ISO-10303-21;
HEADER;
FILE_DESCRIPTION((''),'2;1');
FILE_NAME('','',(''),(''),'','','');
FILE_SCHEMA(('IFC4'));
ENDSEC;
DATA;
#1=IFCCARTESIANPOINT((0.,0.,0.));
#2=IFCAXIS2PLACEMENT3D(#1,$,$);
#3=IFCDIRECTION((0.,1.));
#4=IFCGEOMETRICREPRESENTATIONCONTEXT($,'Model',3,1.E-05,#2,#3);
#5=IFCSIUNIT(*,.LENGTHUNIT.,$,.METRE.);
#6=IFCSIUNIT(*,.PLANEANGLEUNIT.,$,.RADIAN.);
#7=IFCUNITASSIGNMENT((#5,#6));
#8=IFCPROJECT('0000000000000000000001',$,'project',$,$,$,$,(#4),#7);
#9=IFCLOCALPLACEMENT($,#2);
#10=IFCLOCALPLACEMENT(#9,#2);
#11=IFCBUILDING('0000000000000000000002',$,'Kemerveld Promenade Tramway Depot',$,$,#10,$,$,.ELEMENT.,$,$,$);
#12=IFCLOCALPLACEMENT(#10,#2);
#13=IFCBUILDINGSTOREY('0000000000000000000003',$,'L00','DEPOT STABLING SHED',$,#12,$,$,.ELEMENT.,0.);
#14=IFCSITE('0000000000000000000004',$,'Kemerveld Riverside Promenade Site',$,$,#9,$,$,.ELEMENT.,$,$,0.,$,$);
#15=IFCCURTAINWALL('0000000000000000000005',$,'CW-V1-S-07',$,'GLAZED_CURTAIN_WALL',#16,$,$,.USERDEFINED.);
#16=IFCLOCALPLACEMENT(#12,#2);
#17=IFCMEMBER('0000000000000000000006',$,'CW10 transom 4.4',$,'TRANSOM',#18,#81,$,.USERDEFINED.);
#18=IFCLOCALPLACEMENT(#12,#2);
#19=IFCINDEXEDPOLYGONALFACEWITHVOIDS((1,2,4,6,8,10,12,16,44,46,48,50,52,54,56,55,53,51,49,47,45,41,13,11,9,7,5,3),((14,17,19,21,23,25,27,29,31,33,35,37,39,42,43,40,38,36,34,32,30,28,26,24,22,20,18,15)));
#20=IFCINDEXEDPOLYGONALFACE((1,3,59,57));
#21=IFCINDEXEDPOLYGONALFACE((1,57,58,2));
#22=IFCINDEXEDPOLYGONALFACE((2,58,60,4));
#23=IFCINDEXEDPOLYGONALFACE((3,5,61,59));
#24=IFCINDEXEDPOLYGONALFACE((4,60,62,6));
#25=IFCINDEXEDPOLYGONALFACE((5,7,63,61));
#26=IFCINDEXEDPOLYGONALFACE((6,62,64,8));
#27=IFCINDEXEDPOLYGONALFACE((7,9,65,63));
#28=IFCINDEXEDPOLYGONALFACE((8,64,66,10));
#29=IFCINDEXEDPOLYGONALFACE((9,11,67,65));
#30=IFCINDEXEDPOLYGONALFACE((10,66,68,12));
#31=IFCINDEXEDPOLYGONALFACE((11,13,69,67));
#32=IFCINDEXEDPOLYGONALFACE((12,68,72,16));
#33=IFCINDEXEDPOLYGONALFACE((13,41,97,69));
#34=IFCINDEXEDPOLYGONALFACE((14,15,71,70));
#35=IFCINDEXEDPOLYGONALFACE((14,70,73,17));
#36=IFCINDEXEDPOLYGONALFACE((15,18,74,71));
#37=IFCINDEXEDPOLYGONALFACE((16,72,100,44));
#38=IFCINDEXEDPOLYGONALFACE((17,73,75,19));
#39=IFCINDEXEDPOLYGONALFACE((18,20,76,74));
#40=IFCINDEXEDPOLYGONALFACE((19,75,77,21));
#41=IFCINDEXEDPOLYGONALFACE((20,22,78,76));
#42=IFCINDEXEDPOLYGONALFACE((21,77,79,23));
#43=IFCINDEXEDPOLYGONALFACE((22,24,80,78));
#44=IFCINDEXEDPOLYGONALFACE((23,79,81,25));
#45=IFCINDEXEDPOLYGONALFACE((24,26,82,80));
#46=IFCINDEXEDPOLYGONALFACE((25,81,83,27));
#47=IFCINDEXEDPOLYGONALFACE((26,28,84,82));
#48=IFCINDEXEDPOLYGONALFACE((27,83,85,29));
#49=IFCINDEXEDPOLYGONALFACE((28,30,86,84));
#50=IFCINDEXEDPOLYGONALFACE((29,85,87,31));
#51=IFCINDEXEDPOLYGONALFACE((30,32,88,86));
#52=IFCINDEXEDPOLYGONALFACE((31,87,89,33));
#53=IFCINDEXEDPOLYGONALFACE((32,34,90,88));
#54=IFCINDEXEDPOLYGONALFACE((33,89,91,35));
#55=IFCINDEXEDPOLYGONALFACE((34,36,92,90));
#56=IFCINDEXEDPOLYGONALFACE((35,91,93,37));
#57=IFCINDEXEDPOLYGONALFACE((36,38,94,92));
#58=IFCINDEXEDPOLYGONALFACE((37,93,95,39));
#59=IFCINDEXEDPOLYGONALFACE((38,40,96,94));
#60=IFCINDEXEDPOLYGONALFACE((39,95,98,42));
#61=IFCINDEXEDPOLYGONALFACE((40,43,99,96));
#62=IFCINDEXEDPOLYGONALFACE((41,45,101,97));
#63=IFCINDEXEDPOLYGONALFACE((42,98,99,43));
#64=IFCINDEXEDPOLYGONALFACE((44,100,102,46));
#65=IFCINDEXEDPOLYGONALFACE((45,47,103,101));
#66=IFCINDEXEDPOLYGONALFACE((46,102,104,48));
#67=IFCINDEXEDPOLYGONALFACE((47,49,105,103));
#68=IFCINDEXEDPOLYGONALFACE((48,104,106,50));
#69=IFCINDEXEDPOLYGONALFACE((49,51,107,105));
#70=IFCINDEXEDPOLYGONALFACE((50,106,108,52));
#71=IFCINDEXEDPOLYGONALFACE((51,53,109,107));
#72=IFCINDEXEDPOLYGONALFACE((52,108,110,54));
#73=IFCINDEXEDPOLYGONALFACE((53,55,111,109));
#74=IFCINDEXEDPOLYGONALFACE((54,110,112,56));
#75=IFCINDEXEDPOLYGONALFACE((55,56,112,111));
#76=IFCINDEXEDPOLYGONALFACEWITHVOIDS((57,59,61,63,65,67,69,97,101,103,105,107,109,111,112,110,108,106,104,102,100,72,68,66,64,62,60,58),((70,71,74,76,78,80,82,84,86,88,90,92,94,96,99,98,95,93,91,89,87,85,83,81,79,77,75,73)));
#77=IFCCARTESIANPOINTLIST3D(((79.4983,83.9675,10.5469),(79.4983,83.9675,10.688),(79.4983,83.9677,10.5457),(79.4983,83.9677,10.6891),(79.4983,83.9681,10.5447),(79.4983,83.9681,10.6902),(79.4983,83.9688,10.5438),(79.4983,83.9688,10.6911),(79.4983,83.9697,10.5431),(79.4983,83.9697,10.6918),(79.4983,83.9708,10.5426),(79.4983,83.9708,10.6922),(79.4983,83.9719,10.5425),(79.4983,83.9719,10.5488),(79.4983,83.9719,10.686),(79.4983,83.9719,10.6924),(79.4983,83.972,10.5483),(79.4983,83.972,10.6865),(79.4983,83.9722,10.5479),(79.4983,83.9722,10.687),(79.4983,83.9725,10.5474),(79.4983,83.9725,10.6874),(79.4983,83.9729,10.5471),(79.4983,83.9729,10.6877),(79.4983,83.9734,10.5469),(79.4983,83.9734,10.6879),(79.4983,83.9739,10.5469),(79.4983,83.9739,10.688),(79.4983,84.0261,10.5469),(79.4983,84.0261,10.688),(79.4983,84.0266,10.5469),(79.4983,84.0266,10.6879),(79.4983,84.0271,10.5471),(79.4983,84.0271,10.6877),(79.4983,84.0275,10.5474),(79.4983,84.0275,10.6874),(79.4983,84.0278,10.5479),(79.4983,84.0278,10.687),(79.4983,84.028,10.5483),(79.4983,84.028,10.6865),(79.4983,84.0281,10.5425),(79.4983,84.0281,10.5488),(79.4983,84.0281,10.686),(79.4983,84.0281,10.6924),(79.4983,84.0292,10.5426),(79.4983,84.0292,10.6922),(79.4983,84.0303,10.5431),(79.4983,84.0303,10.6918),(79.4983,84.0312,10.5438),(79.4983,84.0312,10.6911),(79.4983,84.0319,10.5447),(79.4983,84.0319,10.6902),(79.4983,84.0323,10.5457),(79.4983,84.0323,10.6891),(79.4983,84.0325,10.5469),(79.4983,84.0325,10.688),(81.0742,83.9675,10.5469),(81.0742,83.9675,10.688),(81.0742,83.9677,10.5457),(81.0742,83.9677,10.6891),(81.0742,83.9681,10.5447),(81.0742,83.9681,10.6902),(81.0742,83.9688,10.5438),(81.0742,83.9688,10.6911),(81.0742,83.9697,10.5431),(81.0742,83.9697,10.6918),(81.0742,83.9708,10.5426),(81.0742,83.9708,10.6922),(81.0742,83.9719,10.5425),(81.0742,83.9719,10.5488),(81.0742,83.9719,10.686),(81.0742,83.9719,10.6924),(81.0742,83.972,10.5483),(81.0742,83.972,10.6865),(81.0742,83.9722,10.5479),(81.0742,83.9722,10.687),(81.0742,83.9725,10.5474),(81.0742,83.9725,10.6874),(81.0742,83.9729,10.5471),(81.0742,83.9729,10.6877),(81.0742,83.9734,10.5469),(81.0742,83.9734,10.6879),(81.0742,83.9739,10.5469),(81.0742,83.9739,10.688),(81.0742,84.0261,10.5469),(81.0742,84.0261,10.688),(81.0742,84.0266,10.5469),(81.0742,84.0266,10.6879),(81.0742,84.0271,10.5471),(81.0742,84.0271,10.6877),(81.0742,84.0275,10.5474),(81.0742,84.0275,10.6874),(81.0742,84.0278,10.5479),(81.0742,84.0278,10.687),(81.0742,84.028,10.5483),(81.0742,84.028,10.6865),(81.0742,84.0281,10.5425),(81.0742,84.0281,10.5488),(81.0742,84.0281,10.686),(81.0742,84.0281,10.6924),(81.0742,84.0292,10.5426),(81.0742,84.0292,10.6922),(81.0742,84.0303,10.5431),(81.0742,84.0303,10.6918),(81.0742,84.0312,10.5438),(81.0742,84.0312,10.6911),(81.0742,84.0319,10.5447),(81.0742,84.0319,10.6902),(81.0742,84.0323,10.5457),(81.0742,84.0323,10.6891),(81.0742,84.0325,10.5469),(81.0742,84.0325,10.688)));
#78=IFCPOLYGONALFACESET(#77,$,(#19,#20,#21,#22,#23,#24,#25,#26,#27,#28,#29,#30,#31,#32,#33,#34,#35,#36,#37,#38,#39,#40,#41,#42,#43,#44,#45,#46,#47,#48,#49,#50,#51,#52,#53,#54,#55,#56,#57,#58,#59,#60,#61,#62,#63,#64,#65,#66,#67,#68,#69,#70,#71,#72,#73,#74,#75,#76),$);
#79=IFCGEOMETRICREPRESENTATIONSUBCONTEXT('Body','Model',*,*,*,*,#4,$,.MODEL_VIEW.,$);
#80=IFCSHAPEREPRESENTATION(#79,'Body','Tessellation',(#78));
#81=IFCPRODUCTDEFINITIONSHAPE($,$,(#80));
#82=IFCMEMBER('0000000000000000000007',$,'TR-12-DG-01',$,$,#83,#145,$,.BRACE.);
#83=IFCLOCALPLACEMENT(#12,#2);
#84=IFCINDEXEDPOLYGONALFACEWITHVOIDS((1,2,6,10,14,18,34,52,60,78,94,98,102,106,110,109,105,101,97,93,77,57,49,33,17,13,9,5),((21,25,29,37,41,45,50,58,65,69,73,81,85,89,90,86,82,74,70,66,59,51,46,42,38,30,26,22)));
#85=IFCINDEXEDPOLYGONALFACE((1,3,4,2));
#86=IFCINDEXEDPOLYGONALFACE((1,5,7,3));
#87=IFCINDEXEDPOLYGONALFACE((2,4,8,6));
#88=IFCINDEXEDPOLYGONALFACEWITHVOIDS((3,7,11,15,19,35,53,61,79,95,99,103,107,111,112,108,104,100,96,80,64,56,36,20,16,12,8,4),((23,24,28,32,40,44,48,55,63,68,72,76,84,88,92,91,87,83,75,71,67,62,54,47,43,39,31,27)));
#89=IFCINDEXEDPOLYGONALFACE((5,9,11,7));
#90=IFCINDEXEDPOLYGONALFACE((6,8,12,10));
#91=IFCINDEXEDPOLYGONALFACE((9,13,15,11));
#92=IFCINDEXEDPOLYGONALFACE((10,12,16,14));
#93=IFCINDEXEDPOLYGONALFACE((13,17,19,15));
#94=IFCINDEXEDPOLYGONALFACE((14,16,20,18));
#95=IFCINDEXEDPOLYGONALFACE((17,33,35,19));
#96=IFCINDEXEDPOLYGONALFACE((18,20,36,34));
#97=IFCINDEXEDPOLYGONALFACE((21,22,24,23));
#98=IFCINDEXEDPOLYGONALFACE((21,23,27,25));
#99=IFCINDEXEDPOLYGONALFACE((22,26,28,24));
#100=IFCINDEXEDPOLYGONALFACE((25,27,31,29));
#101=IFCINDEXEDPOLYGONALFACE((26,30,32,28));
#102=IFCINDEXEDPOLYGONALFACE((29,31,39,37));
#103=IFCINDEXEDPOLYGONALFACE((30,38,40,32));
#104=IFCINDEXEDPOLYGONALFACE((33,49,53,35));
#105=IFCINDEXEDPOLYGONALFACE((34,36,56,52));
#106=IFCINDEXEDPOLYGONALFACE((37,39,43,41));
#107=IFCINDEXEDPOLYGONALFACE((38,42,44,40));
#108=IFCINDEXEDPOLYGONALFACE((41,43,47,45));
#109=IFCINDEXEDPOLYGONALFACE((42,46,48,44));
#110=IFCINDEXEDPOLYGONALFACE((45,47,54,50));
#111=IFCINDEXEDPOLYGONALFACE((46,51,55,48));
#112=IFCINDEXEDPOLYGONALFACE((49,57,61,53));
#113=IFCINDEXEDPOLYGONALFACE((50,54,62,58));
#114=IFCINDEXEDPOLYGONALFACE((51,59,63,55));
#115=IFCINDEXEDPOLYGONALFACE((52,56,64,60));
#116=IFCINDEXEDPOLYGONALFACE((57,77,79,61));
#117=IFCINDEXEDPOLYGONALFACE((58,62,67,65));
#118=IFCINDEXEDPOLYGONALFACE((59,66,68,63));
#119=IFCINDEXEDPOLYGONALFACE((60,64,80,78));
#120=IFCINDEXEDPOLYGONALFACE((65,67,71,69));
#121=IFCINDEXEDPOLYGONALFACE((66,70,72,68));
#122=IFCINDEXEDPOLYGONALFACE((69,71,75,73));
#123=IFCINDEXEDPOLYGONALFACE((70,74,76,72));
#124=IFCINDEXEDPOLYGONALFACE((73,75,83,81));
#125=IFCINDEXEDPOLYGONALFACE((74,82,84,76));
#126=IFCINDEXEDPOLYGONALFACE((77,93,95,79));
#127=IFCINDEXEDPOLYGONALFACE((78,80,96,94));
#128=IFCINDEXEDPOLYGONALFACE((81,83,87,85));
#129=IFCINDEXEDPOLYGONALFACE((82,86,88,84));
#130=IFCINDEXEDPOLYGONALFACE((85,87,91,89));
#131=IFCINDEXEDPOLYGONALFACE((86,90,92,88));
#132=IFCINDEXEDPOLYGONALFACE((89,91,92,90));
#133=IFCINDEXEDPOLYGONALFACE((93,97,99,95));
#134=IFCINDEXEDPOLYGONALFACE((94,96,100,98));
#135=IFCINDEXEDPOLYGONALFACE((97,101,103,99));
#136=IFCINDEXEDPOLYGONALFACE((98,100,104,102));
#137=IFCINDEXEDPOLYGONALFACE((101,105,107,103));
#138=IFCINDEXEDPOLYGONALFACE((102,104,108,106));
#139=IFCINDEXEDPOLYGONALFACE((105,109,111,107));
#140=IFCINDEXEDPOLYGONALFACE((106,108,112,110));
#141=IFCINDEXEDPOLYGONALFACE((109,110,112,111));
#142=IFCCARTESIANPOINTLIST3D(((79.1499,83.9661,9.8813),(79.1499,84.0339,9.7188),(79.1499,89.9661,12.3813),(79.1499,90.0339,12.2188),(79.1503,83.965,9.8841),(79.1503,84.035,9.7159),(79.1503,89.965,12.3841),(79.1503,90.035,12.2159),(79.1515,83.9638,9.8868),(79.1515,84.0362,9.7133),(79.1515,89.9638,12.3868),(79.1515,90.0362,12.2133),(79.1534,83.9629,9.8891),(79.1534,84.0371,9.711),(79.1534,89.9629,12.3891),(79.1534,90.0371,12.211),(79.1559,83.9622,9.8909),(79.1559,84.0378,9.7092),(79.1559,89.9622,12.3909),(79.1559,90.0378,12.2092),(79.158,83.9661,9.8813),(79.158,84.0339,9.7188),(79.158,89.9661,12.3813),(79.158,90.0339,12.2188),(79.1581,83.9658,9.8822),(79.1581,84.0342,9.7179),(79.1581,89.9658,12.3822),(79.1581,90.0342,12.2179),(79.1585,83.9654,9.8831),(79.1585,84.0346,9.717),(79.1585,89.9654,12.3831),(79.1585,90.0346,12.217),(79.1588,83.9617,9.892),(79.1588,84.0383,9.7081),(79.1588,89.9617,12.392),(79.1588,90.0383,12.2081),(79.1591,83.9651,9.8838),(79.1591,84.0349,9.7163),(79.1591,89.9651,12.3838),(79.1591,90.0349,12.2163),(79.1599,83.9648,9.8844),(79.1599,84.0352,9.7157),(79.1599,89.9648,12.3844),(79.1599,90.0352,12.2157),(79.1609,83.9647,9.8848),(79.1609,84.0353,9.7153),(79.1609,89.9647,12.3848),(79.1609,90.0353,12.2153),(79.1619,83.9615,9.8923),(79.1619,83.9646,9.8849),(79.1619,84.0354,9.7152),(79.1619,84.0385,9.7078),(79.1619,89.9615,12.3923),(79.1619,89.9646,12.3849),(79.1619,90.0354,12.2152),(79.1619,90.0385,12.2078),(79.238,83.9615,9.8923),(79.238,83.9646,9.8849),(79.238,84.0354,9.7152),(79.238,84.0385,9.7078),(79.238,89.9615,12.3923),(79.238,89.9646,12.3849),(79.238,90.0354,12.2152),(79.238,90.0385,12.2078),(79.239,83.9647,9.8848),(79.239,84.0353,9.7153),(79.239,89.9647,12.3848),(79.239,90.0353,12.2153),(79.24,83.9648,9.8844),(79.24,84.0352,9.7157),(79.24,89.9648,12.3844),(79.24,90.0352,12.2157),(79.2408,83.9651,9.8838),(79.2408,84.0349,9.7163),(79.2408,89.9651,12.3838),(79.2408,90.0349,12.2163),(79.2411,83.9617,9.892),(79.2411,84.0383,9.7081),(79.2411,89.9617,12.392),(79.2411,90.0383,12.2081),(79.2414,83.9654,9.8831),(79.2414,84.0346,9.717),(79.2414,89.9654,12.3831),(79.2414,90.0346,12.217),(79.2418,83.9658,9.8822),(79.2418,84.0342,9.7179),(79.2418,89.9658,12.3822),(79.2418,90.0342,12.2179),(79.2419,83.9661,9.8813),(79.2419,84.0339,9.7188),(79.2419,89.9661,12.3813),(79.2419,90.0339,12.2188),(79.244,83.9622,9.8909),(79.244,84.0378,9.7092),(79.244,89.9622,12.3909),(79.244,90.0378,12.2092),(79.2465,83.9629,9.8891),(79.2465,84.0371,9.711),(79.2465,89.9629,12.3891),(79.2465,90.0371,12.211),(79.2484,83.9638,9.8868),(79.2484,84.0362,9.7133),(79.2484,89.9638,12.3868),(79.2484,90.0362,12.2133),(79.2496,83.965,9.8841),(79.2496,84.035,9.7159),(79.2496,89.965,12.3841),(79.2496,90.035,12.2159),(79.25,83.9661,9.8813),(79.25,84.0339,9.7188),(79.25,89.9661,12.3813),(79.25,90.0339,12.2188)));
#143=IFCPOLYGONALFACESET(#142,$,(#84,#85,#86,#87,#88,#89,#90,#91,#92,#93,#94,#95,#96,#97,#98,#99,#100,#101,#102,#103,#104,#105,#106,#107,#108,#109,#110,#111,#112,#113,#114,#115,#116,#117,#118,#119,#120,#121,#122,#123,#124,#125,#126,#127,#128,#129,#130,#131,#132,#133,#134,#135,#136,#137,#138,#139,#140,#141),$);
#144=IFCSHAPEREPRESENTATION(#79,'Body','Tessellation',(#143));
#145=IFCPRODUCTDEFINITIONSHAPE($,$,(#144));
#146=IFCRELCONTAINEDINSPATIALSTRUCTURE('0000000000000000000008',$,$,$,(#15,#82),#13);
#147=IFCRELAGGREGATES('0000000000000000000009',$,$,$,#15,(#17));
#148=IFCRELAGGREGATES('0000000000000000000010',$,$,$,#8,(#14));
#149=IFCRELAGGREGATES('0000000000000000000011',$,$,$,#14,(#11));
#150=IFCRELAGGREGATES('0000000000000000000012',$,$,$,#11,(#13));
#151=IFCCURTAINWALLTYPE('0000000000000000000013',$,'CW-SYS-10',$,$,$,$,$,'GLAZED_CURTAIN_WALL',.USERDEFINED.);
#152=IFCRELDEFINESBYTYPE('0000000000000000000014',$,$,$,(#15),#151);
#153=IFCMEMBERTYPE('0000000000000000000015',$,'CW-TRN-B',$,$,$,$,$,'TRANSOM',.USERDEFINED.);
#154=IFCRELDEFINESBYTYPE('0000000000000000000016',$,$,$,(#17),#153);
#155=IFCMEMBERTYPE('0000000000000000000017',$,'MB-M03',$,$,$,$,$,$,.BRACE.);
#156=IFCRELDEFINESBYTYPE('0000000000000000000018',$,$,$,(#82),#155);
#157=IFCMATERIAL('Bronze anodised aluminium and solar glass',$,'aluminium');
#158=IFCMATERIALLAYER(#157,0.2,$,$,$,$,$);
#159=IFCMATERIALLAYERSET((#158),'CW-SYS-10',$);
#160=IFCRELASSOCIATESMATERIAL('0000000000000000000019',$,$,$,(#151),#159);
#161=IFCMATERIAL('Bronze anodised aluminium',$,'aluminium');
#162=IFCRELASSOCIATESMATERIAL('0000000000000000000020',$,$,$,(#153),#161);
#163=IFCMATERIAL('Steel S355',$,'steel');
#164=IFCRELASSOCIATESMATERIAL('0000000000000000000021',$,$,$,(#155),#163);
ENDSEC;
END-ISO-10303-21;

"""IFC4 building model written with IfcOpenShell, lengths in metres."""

from ifc_helpers import new_model, si_unit, direction, frame, origin, origin_2d, place, context, subcontext, project, spatial, hollow_rectangle, extrude, material, layer, layer_set, material_profile, profile_set, type_object, element, aggregate, save


model = new_model("IFC4")

# Units and contexts
model_context = context("Model", 3, precision=1e-05, world=origin(), true_north=direction((0.0, 1.0)))
body_context = subcontext(model_context, "Body", "Model", "MODEL_VIEW")
ifc_project = project(units=[si_unit("LENGTHUNIT", "METRE"), si_unit("PLANEANGLEUNIT", "RADIAN")], contexts=[model_context])

# Site, building, storey
site_placement = place(None, origin())
site = spatial("IfcSite", under=ifc_project, at=site_placement, Name="Kemerveld Riverside Promenade Site", CompositionType="ELEMENT", RefElevation=0.0)
building_placement = place(site_placement, origin())
building = spatial("IfcBuilding", under=site, at=building_placement, Name="Kemerveld Promenade Tramway Depot", CompositionType="ELEMENT")
storey_placement = place(building_placement, origin())
storey = spatial("IfcBuildingStorey", under=building, at=storey_placement, Name="L00", Description="DEPOT STABLING SHED", CompositionType="ELEMENT", Elevation=0.0)

# Shared definitions
ifc_material_1 = material(Name="Steel S355", Category="steel")

# Shared definitions
ifc_material_2 = material(Name="Bronze anodised aluminium and solar glass", Category="aluminium")
ifc_material_3 = material(Name="Bronze anodised aluminium", Category="aluminium")

# Curtain wall
ifc_layer_1 = layer(ifc_material_2, 0.2)
ifc_layer_set_1 = layer_set([ifc_layer_1], Name="CW-SYS-10")
curtain_wall_type_1 = type_object("IfcCurtainWallType", Name="CW-SYS-10", ElementType="GLAZED_CURTAIN_WALL", PredefinedType="USERDEFINED", material=ifc_layer_set_1)
curtain_wall_1_placement = place(storey_placement, origin())
curtain_wall_1 = element("IfcCurtainWall", 1, at=curtain_wall_1_placement, inside=storey, type_object=curtain_wall_type_1, Name="CW-V1-S-07", ObjectType="GLAZED_CURTAIN_WALL", PredefinedType="USERDEFINED")

# Member
ifc_material_profile_1 = material_profile(ifc_material_3, hollow_rectangle(XDim=0.0649, YDim=0.1499, WallThickness=0.0044, InnerFilletRadius=0.002, OuterFilletRadius=0.0044, at=origin_2d()), Name="CW-TRN-150x65")
ifc_profile_set_1 = profile_set([ifc_material_profile_1], Name="Bronze anodised aluminium")
member_type_1 = type_object("IfcMemberType", Name="CW-TRN-B", ElementType="TRANSOM", PredefinedType="USERDEFINED", material=ifc_profile_set_1)
member_1_placement = place(storey_placement, frame((81.0742, 84.0, 10.6174), z_axis=(-1.0, 0.0, 0.0), x_axis=(0.0, -1.0, 0.0)))
member_1 = element("IfcMember", 2, at=member_1_placement, type_object=member_type_1, Name="CW10 transom 4.4", ObjectType="TRANSOM", PredefinedType="USERDEFINED", context=body_context, shape_type="SweptSolid", body=[
    extrude(hollow_rectangle(XDim=0.0649, YDim=0.1499, WallThickness=0.0044, InnerFilletRadius=0.002, OuterFilletRadius=0.0044, at=origin_2d()), origin(), (0.0, 0.0, 1.0), 1.5759),
])

# Member
ifc_material_profile_2 = material_profile(ifc_material_1, hollow_rectangle(XDim=0.1001, YDim=0.2, WallThickness=0.0081, InnerFilletRadius=0.0039, OuterFilletRadius=0.012, at=origin_2d()), Name="200x100x8.0 RHS")
ifc_profile_set_2 = profile_set([ifc_material_profile_2], Name="Steel S355")
member_type_2 = type_object("IfcMemberType", Name="MB-M03", PredefinedType="BRACE", material=ifc_profile_set_2)
member_2_placement = place(storey_placement, frame((79.2, 84.0, 9.8), z_axis=(0.0, 0.923077, 0.384615), x_axis=(-1.0, 0.0, 0.0)))
element("IfcMember", 3, at=member_2_placement, inside=storey, type_object=member_type_2, Name="TR-12-DG-01", PredefinedType="BRACE", context=body_context, shape_type="SweptSolid", body=[
    extrude(hollow_rectangle(XDim=0.1001, YDim=0.2, WallThickness=0.0081, InnerFilletRadius=0.0039, OuterFilletRadius=0.012, at=origin_2d()), origin(), (0.0, 0.0, 1.0), 6.5),
])

aggregate(curtain_wall_1, [member_1])

save(model, "model.ifc")
